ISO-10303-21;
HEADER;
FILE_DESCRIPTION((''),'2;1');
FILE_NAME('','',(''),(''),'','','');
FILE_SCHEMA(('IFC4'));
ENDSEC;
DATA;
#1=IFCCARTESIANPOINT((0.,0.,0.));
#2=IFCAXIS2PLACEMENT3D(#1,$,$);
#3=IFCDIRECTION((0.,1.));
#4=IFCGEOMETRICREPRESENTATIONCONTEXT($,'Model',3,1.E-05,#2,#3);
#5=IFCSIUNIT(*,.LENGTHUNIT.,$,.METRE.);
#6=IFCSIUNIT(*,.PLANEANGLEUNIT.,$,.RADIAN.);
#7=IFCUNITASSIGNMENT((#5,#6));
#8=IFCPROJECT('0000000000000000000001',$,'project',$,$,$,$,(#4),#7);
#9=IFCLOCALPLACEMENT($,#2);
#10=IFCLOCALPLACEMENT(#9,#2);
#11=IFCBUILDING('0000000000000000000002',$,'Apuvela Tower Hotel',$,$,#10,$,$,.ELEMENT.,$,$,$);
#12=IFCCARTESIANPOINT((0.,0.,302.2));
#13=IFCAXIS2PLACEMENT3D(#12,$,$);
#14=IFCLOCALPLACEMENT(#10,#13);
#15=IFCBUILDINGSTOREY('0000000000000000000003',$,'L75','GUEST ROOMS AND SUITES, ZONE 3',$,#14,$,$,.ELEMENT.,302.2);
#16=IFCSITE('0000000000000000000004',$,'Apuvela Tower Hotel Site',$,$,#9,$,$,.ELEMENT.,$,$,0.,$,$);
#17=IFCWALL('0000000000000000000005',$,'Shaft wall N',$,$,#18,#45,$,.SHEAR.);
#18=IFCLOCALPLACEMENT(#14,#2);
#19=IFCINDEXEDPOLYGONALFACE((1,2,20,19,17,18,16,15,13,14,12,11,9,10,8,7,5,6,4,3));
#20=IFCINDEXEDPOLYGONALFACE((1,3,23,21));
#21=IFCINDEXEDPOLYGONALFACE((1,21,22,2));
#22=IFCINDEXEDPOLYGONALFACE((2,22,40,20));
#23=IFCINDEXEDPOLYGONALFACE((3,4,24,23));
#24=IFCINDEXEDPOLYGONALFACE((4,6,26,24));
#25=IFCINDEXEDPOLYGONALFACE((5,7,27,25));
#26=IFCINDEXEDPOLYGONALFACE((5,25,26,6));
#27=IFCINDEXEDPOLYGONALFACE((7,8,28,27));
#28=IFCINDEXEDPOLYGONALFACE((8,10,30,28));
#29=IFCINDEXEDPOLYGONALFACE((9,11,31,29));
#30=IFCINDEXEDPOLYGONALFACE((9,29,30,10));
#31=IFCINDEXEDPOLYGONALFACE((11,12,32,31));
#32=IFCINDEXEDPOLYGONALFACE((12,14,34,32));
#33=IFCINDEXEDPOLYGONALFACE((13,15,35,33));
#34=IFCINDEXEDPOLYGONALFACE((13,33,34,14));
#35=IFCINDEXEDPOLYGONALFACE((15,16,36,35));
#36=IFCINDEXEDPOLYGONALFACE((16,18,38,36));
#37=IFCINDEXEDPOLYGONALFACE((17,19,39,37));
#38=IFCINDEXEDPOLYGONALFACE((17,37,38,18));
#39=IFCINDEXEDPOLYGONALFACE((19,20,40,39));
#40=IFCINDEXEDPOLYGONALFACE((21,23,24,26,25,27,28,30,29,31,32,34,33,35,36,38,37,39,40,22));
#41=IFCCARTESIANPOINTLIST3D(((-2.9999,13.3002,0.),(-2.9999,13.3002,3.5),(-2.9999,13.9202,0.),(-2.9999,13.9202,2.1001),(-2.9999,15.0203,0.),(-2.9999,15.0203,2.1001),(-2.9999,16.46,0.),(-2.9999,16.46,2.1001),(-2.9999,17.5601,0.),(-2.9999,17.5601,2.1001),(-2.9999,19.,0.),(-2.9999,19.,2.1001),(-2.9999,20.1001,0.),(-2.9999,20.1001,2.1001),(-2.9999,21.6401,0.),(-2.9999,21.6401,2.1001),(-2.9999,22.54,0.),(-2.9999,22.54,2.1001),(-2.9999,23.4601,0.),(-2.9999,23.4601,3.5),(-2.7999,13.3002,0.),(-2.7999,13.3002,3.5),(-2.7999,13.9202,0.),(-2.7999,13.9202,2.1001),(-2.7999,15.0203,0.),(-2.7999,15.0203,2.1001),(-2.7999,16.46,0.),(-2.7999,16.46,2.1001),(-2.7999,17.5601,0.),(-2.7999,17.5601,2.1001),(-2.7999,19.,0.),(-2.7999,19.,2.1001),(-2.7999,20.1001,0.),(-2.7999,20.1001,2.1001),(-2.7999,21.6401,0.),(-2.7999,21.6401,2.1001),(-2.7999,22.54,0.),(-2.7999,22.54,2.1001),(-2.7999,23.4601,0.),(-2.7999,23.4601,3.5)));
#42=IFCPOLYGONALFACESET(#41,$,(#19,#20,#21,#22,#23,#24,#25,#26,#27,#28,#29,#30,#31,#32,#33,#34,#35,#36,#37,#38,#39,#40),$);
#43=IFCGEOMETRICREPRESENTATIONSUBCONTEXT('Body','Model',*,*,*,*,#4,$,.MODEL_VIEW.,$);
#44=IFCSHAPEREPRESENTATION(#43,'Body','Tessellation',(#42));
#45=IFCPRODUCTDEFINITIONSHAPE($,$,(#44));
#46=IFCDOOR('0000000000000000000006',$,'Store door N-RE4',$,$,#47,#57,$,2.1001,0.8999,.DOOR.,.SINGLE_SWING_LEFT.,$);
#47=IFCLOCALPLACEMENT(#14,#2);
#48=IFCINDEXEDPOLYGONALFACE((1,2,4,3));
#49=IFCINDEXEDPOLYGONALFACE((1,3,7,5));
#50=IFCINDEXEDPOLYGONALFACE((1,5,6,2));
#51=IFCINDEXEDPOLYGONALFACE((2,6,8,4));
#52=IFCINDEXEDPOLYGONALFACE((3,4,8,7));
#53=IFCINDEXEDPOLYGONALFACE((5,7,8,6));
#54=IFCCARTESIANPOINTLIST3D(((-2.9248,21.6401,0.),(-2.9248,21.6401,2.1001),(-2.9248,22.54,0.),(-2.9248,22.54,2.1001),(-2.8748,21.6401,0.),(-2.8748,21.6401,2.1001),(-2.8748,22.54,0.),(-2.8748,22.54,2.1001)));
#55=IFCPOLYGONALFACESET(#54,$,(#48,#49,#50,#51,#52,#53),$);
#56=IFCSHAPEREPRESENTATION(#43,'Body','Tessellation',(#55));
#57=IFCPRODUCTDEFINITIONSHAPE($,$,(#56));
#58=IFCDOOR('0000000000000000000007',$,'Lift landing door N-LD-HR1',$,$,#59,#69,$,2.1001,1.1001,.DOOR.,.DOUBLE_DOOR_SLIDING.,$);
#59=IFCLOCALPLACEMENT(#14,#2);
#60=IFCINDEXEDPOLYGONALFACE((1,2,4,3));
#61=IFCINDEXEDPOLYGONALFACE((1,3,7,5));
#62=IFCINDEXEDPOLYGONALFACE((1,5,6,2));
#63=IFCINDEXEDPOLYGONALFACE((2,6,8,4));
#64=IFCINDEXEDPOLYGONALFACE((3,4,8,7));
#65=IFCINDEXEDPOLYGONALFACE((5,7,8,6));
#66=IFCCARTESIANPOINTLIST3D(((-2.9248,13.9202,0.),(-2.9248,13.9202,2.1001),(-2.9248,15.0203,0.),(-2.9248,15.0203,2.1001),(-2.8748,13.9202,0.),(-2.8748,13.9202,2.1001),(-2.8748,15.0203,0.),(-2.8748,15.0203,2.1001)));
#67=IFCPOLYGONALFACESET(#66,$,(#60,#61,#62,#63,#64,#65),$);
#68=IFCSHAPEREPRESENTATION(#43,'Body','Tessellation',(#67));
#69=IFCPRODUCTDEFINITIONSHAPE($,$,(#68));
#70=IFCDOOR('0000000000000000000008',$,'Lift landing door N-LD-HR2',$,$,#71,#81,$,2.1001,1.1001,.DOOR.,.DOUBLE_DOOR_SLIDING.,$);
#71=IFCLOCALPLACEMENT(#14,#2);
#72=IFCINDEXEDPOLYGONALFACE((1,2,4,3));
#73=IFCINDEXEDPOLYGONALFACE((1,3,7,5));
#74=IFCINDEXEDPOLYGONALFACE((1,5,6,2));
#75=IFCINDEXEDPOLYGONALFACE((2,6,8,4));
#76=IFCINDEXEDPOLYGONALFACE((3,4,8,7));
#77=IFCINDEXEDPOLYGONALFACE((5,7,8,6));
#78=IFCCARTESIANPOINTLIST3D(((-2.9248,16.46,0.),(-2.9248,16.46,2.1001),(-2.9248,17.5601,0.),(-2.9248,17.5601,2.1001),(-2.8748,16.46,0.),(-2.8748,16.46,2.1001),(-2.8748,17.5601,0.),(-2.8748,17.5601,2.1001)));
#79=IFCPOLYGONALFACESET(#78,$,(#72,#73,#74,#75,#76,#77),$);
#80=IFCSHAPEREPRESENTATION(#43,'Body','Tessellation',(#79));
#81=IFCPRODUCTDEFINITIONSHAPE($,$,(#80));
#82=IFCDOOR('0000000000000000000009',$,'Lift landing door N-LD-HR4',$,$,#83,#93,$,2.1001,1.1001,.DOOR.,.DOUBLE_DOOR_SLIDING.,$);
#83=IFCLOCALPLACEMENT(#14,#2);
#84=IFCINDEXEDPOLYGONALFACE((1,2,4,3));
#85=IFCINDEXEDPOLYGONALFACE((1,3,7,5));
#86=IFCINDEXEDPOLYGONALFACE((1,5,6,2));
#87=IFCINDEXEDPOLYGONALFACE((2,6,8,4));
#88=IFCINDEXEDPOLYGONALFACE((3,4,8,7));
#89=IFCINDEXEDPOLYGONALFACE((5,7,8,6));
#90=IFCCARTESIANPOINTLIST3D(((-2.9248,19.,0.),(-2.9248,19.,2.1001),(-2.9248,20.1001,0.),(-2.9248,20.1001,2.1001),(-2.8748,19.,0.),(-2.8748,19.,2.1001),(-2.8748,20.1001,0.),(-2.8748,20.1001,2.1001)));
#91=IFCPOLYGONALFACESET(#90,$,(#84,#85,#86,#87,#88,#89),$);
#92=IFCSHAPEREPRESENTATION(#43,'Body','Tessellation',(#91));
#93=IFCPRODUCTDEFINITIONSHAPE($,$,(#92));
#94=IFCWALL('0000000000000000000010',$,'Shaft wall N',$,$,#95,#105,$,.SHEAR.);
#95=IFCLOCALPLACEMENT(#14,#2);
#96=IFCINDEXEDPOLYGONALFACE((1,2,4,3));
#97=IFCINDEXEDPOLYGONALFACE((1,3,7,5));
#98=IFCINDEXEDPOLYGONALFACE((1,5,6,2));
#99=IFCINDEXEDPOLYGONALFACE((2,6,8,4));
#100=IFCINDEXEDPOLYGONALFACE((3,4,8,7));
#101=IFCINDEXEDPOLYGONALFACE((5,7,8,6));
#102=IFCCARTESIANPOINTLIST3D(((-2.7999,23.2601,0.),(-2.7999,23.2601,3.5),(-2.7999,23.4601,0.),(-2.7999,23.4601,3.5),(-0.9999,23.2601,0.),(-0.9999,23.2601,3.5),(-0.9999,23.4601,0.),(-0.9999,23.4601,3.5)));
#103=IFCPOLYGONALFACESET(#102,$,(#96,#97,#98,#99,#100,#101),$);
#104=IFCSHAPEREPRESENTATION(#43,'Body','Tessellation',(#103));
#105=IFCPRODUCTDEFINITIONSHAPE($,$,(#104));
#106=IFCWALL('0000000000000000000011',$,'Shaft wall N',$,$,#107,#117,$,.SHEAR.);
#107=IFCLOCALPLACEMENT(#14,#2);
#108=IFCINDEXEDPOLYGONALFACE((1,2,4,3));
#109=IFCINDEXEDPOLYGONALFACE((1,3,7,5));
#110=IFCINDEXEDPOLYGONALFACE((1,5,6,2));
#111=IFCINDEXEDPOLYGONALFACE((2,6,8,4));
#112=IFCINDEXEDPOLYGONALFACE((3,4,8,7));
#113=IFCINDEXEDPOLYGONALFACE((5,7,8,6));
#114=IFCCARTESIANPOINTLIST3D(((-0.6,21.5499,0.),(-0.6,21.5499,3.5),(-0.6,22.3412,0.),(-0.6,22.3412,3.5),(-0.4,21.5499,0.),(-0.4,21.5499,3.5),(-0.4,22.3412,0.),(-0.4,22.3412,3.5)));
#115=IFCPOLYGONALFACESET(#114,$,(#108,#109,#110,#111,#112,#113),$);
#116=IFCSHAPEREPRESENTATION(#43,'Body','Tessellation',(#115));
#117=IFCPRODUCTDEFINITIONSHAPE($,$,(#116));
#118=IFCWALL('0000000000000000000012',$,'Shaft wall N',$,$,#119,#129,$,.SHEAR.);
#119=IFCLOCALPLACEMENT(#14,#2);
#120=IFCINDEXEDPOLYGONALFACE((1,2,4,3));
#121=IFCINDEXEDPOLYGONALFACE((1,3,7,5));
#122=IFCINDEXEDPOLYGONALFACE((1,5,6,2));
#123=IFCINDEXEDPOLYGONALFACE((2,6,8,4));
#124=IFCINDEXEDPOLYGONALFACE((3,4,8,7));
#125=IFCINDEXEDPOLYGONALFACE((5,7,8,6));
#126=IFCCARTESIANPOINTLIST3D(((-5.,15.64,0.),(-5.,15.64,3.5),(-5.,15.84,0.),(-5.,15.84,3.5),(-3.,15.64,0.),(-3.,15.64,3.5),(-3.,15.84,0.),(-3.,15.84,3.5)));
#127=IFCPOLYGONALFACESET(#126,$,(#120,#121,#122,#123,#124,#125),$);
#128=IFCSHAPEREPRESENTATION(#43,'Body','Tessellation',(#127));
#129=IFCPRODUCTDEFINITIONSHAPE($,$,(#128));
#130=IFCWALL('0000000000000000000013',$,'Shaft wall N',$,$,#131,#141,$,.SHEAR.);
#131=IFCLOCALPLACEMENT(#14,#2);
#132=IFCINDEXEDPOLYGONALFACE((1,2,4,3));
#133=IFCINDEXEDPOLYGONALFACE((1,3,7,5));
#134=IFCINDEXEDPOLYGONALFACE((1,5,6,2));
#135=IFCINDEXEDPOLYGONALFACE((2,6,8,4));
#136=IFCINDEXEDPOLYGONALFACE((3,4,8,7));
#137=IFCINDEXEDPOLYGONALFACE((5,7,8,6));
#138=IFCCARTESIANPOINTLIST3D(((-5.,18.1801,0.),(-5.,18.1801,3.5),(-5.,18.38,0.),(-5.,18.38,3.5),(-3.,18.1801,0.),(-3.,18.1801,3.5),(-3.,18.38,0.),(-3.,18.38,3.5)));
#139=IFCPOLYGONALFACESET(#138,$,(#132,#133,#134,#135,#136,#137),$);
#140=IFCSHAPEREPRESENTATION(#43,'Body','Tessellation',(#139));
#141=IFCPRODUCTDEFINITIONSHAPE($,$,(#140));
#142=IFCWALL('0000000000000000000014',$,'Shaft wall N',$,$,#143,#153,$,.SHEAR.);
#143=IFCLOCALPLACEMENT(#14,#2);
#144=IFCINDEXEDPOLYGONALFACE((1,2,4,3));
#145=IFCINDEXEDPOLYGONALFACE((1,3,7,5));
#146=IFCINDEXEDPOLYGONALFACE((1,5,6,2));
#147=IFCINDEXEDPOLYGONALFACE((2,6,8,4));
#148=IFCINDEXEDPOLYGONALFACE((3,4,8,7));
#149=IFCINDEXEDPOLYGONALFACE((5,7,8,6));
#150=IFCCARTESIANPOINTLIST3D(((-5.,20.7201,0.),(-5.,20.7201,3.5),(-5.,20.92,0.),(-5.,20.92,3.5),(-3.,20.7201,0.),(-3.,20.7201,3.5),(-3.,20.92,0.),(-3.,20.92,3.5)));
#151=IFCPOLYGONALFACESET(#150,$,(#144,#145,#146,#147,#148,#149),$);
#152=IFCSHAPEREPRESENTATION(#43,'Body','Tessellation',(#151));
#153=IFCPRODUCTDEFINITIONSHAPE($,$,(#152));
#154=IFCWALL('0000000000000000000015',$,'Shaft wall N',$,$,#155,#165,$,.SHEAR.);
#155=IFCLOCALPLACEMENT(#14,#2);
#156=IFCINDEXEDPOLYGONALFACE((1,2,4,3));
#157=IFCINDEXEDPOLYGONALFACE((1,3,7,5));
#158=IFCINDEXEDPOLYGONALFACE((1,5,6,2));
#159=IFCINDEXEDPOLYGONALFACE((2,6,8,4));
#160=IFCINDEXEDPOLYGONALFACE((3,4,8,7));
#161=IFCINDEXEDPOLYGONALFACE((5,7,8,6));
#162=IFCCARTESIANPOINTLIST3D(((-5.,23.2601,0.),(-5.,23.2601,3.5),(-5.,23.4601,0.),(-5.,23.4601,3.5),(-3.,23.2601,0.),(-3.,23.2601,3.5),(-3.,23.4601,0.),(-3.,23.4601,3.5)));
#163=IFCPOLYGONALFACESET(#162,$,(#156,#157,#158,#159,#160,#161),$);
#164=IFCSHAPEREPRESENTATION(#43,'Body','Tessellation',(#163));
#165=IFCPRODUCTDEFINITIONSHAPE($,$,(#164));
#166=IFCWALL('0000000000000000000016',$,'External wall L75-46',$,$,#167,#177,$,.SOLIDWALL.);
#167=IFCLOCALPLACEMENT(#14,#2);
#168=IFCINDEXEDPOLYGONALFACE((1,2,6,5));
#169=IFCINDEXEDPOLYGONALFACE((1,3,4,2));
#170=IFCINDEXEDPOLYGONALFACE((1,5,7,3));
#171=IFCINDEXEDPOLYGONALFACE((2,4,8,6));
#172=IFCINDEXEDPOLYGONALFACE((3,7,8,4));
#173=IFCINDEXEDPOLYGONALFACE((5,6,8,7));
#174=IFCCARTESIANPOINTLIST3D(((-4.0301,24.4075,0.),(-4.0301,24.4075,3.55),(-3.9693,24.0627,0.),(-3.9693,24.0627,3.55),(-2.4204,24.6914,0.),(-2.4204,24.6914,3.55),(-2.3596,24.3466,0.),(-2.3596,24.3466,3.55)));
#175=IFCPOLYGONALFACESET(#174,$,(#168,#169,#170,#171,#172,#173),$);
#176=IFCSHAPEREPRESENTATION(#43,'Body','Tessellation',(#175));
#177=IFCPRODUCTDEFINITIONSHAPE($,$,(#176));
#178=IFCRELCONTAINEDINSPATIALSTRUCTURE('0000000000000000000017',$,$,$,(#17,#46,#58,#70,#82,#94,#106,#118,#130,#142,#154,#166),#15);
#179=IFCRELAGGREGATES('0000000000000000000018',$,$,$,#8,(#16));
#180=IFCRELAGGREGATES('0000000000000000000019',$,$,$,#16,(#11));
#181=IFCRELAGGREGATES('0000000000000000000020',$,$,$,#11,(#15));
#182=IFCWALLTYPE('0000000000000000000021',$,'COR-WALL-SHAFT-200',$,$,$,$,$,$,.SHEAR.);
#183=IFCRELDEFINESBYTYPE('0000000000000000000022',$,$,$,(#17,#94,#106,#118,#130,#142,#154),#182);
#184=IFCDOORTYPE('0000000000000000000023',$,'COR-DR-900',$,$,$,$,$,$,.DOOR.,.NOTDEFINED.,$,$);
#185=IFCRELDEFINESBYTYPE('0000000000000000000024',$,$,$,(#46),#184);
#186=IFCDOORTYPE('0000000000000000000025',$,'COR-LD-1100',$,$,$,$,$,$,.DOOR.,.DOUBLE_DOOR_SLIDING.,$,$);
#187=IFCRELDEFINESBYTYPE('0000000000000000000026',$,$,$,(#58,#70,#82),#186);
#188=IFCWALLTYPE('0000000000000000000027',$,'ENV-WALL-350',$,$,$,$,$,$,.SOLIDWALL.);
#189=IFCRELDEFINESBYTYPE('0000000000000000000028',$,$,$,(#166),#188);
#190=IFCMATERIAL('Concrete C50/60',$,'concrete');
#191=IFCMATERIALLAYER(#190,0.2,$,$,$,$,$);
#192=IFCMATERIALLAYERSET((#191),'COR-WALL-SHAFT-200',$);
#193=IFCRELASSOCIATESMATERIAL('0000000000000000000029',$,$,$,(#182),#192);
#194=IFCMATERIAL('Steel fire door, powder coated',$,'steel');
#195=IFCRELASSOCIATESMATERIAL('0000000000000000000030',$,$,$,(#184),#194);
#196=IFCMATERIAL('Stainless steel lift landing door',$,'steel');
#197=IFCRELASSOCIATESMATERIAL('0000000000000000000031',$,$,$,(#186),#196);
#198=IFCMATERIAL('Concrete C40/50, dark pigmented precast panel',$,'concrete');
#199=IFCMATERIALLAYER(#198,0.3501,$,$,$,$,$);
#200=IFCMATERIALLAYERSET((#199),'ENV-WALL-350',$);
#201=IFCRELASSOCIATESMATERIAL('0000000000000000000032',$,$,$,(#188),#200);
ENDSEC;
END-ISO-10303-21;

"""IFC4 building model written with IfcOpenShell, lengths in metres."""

from ifc_helpers import new_model, si_unit, direction, frame, frame_2d, origin, place, context, subcontext, project, spatial, rectangle, extrude, material, layer, layer_set, type_object, element, fill, save


model = new_model("IFC4")

# Units and contexts
model_context = context("Model", 3, precision=1e-05, world=origin(), true_north=direction((0.0, 1.0)))
body_context = subcontext(model_context, "Body", "Model", "MODEL_VIEW")
ifc_project = project(units=[si_unit("LENGTHUNIT", "METRE"), si_unit("PLANEANGLEUNIT", "RADIAN")], contexts=[model_context])

# Site, building, storey
site_placement = place(None, origin())
site = spatial("IfcSite", under=ifc_project, at=site_placement, Name="Apuvela Tower Hotel Site", CompositionType="ELEMENT", RefElevation=0.0)
building_placement = place(site_placement, origin())
building = spatial("IfcBuilding", under=site, at=building_placement, Name="Apuvela Tower Hotel", CompositionType="ELEMENT")
storey_placement = place(building_placement, frame((0.0, 0.0, 302.2)))
storey = spatial("IfcBuildingStorey", under=building, at=storey_placement, Name="L75", Description="GUEST ROOMS AND SUITES, ZONE 3", CompositionType="ELEMENT", Elevation=302.2)

# Shared definitions
ifc_material_1 = material(Name="Concrete C50/60", Category="concrete")
ifc_layer_1 = layer(ifc_material_1, 0.2)
ifc_layer_set_1 = layer_set([ifc_layer_1], Name="COR-WALL-SHAFT-200")
wall_type_1 = type_object("IfcWallType", Name="COR-WALL-SHAFT-200", PredefinedType="SHEAR", material=ifc_layer_set_1)

# Wall, openings, doors
wall_1_placement = place(storey_placement, frame((-2.8999, 13.3, 0.0), z_axis=(0.0, 0.0, 1.0), x_axis=(0.0, 1.0, 0.0)))
wall_1 = element("IfcWall", 1, at=wall_1_placement, inside=storey, type_object=wall_type_1, Name="Shaft wall N", PredefinedType="SHEAR", context=body_context, shape_type="SweptSolid", body=[
    extrude(rectangle(XDim=10.1599, YDim=0.2, at=frame_2d((5.0801, 0.0))), origin(), (0.0, 0.0, 1.0), 3.5),
])
opening_1_placement = place(wall_1_placement, frame((0.6201, 0.0, 0.0)))
opening_1 = element("IfcOpeningElement", 2, at=opening_1_placement, cuts=wall_1, PredefinedType="OPENING", context=body_context, shape_type="SweptSolid", body=[
    extrude(rectangle(XDim=1.1001, YDim=2.1001, at=frame_2d((0.55, 1.05))), frame((0.0, 0.1099, 0.0), z_axis=(0.0, -1.0, 0.0), x_axis=(1.0, 0.0, 0.0)), (0.0, 0.0, 1.0), 0.22),
])
opening_2_placement = place(wall_1_placement, frame((3.1599, 0.0, 0.0)))
opening_2 = element("IfcOpeningElement", 3, at=opening_2_placement, cuts=wall_1, PredefinedType="OPENING", context=body_context, shape_type="SweptSolid", body=[
    extrude(rectangle(XDim=1.1001, YDim=2.1001, at=frame_2d((0.55, 1.05))), frame((0.0, 0.1099, 0.0), z_axis=(0.0, -1.0, 0.0), x_axis=(1.0, 0.0, 0.0)), (0.0, 0.0, 1.0), 0.22),
])
opening_3_placement = place(wall_1_placement, frame((5.7, 0.0, 0.0)))
opening_3 = element("IfcOpeningElement", 4, at=opening_3_placement, cuts=wall_1, PredefinedType="OPENING", context=body_context, shape_type="SweptSolid", body=[
    extrude(rectangle(XDim=1.1001, YDim=2.1001, at=frame_2d((0.55, 1.05))), frame((0.0, 0.1099, 0.0), z_axis=(0.0, -1.0, 0.0), x_axis=(1.0, 0.0, 0.0)), (0.0, 0.0, 1.0), 0.22),
])
opening_4_placement = place(wall_1_placement, frame((8.3401, 0.0, 0.0)))
opening_4 = element("IfcOpeningElement", 5, at=opening_4_placement, cuts=wall_1, PredefinedType="OPENING", context=body_context, shape_type="SweptSolid", body=[
    extrude(rectangle(XDim=0.8999, YDim=2.1001, at=frame_2d((0.45, 1.05))), frame((0.0, 0.1099, 0.0), z_axis=(0.0, -1.0, 0.0), x_axis=(1.0, 0.0, 0.0)), (0.0, 0.0, 1.0), 0.22),
])
ifc_material_2 = material(Name="Steel fire door, powder coated", Category="steel")
door_type_1 = type_object("IfcDoorType", Name="COR-DR-900", OperationType="NOTDEFINED", PredefinedType="DOOR", material=ifc_material_2)
door_1_placement = place(opening_4_placement, origin())
door_1 = element("IfcDoor", 6, at=door_1_placement, inside=storey, type_object=door_type_1, Name="Store door N-RE4", OperationType="SINGLE_SWING_LEFT", OverallHeight=2.1001, OverallWidth=0.8999, PredefinedType="DOOR", context=body_context, shape_type="SweptSolid", body=[
    extrude(rectangle(XDim=0.8999, YDim=2.1001, at=frame_2d((0.45, 1.05))), frame((0.0, 0.0249, 0.0), z_axis=(0.0, -1.0, 0.0), x_axis=(1.0, 0.0, 0.0)), (0.0, 0.0, 1.0), 0.05),
])
fill(opening_4, door_1)
ifc_material_3 = material(Name="Stainless steel lift landing door", Category="steel")
door_type_2 = type_object("IfcDoorType", Name="COR-LD-1100", OperationType="DOUBLE_DOOR_SLIDING", PredefinedType="DOOR", material=ifc_material_3)
door_2_placement = place(opening_1_placement, origin())
door_2 = element("IfcDoor", 7, at=door_2_placement, inside=storey, type_object=door_type_2, Name="Lift landing door N-LD-HR1", OperationType="DOUBLE_DOOR_SLIDING", OverallHeight=2.1001, OverallWidth=1.1001, PredefinedType="DOOR", context=body_context, shape_type="SweptSolid", body=[
    extrude(rectangle(XDim=1.1001, YDim=2.1001, at=frame_2d((0.55, 1.05))), frame((0.0, 0.0249, 0.0), z_axis=(0.0, -1.0, 0.0), x_axis=(1.0, 0.0, 0.0)), (0.0, 0.0, 1.0), 0.05),
])
fill(opening_1, door_2)
door_3_placement = place(opening_2_placement, origin())
door_3 = element("IfcDoor", 8, at=door_3_placement, inside=storey, type_object=door_type_2, Name="Lift landing door N-LD-HR2", OperationType="DOUBLE_DOOR_SLIDING", OverallHeight=2.1001, OverallWidth=1.1001, PredefinedType="DOOR", context=body_context, shape_type="SweptSolid", body=[
    extrude(rectangle(XDim=1.1001, YDim=2.1001, at=frame_2d((0.55, 1.05))), frame((0.0, 0.0249, 0.0), z_axis=(0.0, -1.0, 0.0), x_axis=(1.0, 0.0, 0.0)), (0.0, 0.0, 1.0), 0.05),
])
fill(opening_2, door_3)
door_4_placement = place(opening_3_placement, origin())
door_4 = element("IfcDoor", 9, at=door_4_placement, inside=storey, type_object=door_type_2, Name="Lift landing door N-LD-HR4", OperationType="DOUBLE_DOOR_SLIDING", OverallHeight=2.1001, OverallWidth=1.1001, PredefinedType="DOOR", context=body_context, shape_type="SweptSolid", body=[
    extrude(rectangle(XDim=1.1001, YDim=2.1001, at=frame_2d((0.55, 1.05))), frame((0.0, 0.0249, 0.0), z_axis=(0.0, -1.0, 0.0), x_axis=(1.0, 0.0, 0.0)), (0.0, 0.0, 1.0), 0.05),
])
fill(opening_3, door_4)

# Walls
wall_2_placement = place(storey_placement, frame((-1.0, 23.3601, 0.0), z_axis=(0.0, 0.0, 1.0), x_axis=(-1.0, 0.0, 0.0)))
element("IfcWall", 10, at=wall_2_placement, inside=storey, type_object=wall_type_1, Name="Shaft wall N", PredefinedType="SHEAR", context=body_context, shape_type="SweptSolid", body=[
    extrude(rectangle(XDim=1.8, YDim=0.2, at=frame_2d((0.8999, 0.0))), origin(), (0.0, 0.0, 1.0), 3.5),
])
wall_3_placement = place(storey_placement, frame((-0.5, 21.55, 0.0), z_axis=(0.0, 0.0, 1.0), x_axis=(0.0, 1.0, 0.0)))
element("IfcWall", 11, at=wall_3_placement, inside=storey, type_object=wall_type_1, Name="Shaft wall N", PredefinedType="SHEAR", context=body_context, shape_type="SweptSolid", body=[
    extrude(rectangle(XDim=0.7913, YDim=0.2, at=frame_2d((0.3955, 0.0))), origin(), (0.0, 0.0, 1.0), 3.5),
])
for number, where, z_axis, x_axis, name in (
    (12, (-3.0, 15.74, 0.0), (0.0, 0.0, 1.0), (-1.0, 0.0, 0.0), "Shaft wall N"),
    (13, (-3.0, 18.28, 0.0), (0.0, 0.0, 1.0), (-1.0, 0.0, 0.0), "Shaft wall N"),
    (14, (-3.0, 20.8201, 0.0), (0.0, 0.0, 1.0), (-1.0, 0.0, 0.0), "Shaft wall N"),
    (15, (-3.0, 23.3601, 0.0), (0.0, 0.0, 1.0), (-1.0, 0.0, 0.0), "Shaft wall N"),
):
    element("IfcWall", number, at=place(storey_placement, frame(where, z_axis=z_axis, x_axis=x_axis)), inside=storey, type_object=wall_type_1, Name=name, PredefinedType="SHEAR", context=body_context, shape_type="SweptSolid", body=[
        extrude(rectangle(XDim=2.0, YDim=0.2, at=frame_2d((1.0, 0.0))), origin(), (0.0, 0.0, 1.0), 3.5),
    ])

# Shared definitions
ifc_material_4 = material(Name="Concrete C40/50, dark pigmented precast panel", Category="concrete")
ifc_layer_2 = layer(ifc_material_4, 0.3501)
ifc_layer_set_2 = layer_set([ifc_layer_2], Name="ENV-WALL-350")
wall_type_2 = type_object("IfcWallType", Name="ENV-WALL-350", PredefinedType="SOLIDWALL", material=ifc_layer_set_2)

# Wall
wall_4_placement = place(storey_placement, frame((-2.3899, 24.519, 0.0), z_axis=(0.0, 0.0, 1.0), x_axis=(-0.984796, -0.173717, 0.0)))
element("IfcWall", 16, at=wall_4_placement, inside=storey, type_object=wall_type_2, Name="External wall L75-46", PredefinedType="SOLIDWALL", context=body_context, shape_type="SweptSolid", body=[
    extrude(rectangle(XDim=1.6345, YDim=0.3501, at=frame_2d((0.8174, 0.0))), origin(), (0.0, 0.0, 1.0), 3.55),
])

save(model, "model.ifc")
